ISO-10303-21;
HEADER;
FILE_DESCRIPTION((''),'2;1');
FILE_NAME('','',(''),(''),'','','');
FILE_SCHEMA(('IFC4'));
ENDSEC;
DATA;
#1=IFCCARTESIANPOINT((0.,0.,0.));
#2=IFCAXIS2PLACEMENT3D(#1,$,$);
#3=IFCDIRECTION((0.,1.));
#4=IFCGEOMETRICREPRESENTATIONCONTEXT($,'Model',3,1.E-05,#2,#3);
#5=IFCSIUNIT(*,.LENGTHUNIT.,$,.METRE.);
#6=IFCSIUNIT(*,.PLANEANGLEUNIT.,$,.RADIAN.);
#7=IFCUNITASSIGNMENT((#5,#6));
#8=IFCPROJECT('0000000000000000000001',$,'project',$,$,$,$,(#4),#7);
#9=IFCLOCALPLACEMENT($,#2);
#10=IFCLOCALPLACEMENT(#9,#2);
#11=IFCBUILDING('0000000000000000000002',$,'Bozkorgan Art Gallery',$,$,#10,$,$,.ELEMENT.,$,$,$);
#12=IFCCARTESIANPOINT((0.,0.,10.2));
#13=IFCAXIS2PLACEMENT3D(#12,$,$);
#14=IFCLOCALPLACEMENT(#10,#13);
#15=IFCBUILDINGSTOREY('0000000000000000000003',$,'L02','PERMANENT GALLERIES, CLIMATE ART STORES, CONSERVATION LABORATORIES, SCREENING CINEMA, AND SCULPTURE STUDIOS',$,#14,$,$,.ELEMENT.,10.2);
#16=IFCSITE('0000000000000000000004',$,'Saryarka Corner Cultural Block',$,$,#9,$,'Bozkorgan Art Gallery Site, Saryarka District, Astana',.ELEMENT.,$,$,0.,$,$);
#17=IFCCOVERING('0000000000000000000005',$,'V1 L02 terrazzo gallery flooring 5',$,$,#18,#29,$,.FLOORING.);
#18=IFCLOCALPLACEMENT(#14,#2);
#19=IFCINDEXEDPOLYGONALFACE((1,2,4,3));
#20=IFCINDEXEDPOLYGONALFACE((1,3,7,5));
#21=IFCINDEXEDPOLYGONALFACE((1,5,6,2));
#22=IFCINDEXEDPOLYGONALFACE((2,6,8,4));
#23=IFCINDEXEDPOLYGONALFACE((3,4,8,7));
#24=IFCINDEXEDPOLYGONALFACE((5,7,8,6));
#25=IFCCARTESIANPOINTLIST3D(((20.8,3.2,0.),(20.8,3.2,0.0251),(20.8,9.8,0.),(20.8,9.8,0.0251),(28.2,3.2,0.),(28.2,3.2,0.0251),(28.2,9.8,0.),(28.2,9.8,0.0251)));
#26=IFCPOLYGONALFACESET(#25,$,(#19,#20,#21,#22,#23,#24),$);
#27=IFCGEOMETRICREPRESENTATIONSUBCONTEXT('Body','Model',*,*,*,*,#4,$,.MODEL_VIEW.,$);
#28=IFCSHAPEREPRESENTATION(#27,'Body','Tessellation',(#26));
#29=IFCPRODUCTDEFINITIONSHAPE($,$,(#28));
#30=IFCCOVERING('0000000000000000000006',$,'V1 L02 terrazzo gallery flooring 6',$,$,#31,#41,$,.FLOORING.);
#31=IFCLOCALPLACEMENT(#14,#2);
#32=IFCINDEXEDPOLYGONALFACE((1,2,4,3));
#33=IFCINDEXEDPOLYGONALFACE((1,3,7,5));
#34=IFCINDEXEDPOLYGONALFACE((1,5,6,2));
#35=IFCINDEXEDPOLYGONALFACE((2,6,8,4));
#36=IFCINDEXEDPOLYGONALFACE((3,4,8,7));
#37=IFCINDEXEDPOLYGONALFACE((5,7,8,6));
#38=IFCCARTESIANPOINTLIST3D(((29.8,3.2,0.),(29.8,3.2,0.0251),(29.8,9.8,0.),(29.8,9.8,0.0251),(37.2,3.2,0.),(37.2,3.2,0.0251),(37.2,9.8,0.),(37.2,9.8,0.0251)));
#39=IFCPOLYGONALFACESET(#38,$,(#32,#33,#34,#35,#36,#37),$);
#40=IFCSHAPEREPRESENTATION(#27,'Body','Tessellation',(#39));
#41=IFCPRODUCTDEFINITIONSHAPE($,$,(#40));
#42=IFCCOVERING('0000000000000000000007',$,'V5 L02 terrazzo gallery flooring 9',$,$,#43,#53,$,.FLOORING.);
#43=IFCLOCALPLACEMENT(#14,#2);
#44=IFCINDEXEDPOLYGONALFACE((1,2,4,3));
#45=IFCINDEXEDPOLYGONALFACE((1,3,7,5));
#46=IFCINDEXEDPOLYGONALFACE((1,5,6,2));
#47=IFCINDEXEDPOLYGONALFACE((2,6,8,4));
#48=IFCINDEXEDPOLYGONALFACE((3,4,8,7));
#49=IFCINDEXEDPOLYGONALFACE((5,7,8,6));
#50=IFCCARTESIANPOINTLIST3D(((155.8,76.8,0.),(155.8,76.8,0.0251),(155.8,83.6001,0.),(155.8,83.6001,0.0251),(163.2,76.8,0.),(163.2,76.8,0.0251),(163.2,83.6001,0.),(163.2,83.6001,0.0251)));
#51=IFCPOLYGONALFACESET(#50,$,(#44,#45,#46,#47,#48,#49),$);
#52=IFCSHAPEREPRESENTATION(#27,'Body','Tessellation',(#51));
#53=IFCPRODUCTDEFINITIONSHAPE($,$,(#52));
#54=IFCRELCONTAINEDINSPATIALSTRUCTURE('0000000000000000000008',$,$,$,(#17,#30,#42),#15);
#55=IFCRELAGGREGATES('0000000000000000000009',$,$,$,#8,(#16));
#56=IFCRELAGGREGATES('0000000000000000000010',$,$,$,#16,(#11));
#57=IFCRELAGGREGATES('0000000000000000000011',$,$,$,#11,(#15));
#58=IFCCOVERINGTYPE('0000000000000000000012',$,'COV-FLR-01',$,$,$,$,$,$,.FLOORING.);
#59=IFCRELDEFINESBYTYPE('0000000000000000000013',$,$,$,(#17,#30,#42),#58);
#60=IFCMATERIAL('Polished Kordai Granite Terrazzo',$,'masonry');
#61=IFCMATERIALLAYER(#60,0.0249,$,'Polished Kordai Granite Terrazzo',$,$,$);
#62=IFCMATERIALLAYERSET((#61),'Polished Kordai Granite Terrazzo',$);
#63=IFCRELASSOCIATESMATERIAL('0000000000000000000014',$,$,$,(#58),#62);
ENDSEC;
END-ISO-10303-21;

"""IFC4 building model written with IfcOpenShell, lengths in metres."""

from ifc_helpers import new_model, si_unit, direction, frame, origin, place, context, subcontext, project, spatial, polyline, outline, extrude, material, layer, layer_set, type_object, element, save


model = new_model("IFC4")

# Units and contexts
model_context = context("Model", 3, precision=1e-05, world=origin(), true_north=direction((0.0, 1.0)))
body_context = subcontext(model_context, "Body", "Model", "MODEL_VIEW")
ifc_project = project(units=[si_unit("LENGTHUNIT", "METRE"), si_unit("PLANEANGLEUNIT", "RADIAN")], contexts=[model_context])

# Site, building, storey
site_placement = place(None, origin())
site = spatial("IfcSite", under=ifc_project, at=site_placement, Name="Saryarka Corner Cultural Block", LongName="Bozkorgan Art Gallery Site, Saryarka District, Astana", CompositionType="ELEMENT", RefElevation=0.0)
building_placement = place(site_placement, origin())
building = spatial("IfcBuilding", under=site, at=building_placement, Name="Bozkorgan Art Gallery", CompositionType="ELEMENT")
storey_placement = place(building_placement, frame((0.0, 0.0, 10.2)))
storey = spatial("IfcBuildingStorey", under=building, at=storey_placement, Name="L02", Description="PERMANENT GALLERIES, CLIMATE ART STORES, CONSERVATION LABORATORIES, SCREENING CINEMA, AND SCULPTURE STUDIOS", CompositionType="ELEMENT", Elevation=10.2)

# Coverings
ifc_material_1 = material(Name="Polished Kordai Granite Terrazzo", Category="masonry")
ifc_layer_1 = layer(ifc_material_1, 0.0249, Name="Polished Kordai Granite Terrazzo")
ifc_layer_set_1 = layer_set([ifc_layer_1], Name="Polished Kordai Granite Terrazzo")
covering_type_1 = type_object("IfcCoveringType", Name="COV-FLR-01", PredefinedType="FLOORING", material=ifc_layer_set_1)
covering_1_placement = place(storey_placement, origin())
element("IfcCovering", 1, at=covering_1_placement, inside=storey, type_object=covering_type_1, Name="V1 L02 terrazzo gallery flooring 5", PredefinedType="FLOORING", context=body_context, shape_type="SweptSolid", body=[
    extrude(outline(polyline([(20.8, 3.2), (28.2, 3.2), (28.2, 9.8), (20.8, 9.8), (20.8, 3.2)])), origin(), (0.0, 0.0, 1.0), 0.0251),
])
covering_2_placement = place(storey_placement, origin())
element("IfcCovering", 2, at=covering_2_placement, inside=storey, type_object=covering_type_1, Name="V1 L02 terrazzo gallery flooring 6", PredefinedType="FLOORING", context=body_context, shape_type="SweptSolid", body=[
    extrude(outline(polyline([(29.8, 3.2), (37.2, 3.2), (37.2, 9.8), (29.8, 9.8), (29.8, 3.2)])), origin(), (0.0, 0.0, 1.0), 0.0251),
])
covering_3_placement = place(storey_placement, origin())
element("IfcCovering", 3, at=covering_3_placement, inside=storey, type_object=covering_type_1, Name="V5 L02 terrazzo gallery flooring 9", PredefinedType="FLOORING", context=body_context, shape_type="SweptSolid", body=[
    extrude(outline(polyline([(155.8, 76.8), (163.2, 76.8), (163.2, 83.6001), (155.8, 83.6001), (155.8, 76.8)])), origin(), (0.0, 0.0, 1.0), 0.0251),
])

save(model, "model.ifc")
